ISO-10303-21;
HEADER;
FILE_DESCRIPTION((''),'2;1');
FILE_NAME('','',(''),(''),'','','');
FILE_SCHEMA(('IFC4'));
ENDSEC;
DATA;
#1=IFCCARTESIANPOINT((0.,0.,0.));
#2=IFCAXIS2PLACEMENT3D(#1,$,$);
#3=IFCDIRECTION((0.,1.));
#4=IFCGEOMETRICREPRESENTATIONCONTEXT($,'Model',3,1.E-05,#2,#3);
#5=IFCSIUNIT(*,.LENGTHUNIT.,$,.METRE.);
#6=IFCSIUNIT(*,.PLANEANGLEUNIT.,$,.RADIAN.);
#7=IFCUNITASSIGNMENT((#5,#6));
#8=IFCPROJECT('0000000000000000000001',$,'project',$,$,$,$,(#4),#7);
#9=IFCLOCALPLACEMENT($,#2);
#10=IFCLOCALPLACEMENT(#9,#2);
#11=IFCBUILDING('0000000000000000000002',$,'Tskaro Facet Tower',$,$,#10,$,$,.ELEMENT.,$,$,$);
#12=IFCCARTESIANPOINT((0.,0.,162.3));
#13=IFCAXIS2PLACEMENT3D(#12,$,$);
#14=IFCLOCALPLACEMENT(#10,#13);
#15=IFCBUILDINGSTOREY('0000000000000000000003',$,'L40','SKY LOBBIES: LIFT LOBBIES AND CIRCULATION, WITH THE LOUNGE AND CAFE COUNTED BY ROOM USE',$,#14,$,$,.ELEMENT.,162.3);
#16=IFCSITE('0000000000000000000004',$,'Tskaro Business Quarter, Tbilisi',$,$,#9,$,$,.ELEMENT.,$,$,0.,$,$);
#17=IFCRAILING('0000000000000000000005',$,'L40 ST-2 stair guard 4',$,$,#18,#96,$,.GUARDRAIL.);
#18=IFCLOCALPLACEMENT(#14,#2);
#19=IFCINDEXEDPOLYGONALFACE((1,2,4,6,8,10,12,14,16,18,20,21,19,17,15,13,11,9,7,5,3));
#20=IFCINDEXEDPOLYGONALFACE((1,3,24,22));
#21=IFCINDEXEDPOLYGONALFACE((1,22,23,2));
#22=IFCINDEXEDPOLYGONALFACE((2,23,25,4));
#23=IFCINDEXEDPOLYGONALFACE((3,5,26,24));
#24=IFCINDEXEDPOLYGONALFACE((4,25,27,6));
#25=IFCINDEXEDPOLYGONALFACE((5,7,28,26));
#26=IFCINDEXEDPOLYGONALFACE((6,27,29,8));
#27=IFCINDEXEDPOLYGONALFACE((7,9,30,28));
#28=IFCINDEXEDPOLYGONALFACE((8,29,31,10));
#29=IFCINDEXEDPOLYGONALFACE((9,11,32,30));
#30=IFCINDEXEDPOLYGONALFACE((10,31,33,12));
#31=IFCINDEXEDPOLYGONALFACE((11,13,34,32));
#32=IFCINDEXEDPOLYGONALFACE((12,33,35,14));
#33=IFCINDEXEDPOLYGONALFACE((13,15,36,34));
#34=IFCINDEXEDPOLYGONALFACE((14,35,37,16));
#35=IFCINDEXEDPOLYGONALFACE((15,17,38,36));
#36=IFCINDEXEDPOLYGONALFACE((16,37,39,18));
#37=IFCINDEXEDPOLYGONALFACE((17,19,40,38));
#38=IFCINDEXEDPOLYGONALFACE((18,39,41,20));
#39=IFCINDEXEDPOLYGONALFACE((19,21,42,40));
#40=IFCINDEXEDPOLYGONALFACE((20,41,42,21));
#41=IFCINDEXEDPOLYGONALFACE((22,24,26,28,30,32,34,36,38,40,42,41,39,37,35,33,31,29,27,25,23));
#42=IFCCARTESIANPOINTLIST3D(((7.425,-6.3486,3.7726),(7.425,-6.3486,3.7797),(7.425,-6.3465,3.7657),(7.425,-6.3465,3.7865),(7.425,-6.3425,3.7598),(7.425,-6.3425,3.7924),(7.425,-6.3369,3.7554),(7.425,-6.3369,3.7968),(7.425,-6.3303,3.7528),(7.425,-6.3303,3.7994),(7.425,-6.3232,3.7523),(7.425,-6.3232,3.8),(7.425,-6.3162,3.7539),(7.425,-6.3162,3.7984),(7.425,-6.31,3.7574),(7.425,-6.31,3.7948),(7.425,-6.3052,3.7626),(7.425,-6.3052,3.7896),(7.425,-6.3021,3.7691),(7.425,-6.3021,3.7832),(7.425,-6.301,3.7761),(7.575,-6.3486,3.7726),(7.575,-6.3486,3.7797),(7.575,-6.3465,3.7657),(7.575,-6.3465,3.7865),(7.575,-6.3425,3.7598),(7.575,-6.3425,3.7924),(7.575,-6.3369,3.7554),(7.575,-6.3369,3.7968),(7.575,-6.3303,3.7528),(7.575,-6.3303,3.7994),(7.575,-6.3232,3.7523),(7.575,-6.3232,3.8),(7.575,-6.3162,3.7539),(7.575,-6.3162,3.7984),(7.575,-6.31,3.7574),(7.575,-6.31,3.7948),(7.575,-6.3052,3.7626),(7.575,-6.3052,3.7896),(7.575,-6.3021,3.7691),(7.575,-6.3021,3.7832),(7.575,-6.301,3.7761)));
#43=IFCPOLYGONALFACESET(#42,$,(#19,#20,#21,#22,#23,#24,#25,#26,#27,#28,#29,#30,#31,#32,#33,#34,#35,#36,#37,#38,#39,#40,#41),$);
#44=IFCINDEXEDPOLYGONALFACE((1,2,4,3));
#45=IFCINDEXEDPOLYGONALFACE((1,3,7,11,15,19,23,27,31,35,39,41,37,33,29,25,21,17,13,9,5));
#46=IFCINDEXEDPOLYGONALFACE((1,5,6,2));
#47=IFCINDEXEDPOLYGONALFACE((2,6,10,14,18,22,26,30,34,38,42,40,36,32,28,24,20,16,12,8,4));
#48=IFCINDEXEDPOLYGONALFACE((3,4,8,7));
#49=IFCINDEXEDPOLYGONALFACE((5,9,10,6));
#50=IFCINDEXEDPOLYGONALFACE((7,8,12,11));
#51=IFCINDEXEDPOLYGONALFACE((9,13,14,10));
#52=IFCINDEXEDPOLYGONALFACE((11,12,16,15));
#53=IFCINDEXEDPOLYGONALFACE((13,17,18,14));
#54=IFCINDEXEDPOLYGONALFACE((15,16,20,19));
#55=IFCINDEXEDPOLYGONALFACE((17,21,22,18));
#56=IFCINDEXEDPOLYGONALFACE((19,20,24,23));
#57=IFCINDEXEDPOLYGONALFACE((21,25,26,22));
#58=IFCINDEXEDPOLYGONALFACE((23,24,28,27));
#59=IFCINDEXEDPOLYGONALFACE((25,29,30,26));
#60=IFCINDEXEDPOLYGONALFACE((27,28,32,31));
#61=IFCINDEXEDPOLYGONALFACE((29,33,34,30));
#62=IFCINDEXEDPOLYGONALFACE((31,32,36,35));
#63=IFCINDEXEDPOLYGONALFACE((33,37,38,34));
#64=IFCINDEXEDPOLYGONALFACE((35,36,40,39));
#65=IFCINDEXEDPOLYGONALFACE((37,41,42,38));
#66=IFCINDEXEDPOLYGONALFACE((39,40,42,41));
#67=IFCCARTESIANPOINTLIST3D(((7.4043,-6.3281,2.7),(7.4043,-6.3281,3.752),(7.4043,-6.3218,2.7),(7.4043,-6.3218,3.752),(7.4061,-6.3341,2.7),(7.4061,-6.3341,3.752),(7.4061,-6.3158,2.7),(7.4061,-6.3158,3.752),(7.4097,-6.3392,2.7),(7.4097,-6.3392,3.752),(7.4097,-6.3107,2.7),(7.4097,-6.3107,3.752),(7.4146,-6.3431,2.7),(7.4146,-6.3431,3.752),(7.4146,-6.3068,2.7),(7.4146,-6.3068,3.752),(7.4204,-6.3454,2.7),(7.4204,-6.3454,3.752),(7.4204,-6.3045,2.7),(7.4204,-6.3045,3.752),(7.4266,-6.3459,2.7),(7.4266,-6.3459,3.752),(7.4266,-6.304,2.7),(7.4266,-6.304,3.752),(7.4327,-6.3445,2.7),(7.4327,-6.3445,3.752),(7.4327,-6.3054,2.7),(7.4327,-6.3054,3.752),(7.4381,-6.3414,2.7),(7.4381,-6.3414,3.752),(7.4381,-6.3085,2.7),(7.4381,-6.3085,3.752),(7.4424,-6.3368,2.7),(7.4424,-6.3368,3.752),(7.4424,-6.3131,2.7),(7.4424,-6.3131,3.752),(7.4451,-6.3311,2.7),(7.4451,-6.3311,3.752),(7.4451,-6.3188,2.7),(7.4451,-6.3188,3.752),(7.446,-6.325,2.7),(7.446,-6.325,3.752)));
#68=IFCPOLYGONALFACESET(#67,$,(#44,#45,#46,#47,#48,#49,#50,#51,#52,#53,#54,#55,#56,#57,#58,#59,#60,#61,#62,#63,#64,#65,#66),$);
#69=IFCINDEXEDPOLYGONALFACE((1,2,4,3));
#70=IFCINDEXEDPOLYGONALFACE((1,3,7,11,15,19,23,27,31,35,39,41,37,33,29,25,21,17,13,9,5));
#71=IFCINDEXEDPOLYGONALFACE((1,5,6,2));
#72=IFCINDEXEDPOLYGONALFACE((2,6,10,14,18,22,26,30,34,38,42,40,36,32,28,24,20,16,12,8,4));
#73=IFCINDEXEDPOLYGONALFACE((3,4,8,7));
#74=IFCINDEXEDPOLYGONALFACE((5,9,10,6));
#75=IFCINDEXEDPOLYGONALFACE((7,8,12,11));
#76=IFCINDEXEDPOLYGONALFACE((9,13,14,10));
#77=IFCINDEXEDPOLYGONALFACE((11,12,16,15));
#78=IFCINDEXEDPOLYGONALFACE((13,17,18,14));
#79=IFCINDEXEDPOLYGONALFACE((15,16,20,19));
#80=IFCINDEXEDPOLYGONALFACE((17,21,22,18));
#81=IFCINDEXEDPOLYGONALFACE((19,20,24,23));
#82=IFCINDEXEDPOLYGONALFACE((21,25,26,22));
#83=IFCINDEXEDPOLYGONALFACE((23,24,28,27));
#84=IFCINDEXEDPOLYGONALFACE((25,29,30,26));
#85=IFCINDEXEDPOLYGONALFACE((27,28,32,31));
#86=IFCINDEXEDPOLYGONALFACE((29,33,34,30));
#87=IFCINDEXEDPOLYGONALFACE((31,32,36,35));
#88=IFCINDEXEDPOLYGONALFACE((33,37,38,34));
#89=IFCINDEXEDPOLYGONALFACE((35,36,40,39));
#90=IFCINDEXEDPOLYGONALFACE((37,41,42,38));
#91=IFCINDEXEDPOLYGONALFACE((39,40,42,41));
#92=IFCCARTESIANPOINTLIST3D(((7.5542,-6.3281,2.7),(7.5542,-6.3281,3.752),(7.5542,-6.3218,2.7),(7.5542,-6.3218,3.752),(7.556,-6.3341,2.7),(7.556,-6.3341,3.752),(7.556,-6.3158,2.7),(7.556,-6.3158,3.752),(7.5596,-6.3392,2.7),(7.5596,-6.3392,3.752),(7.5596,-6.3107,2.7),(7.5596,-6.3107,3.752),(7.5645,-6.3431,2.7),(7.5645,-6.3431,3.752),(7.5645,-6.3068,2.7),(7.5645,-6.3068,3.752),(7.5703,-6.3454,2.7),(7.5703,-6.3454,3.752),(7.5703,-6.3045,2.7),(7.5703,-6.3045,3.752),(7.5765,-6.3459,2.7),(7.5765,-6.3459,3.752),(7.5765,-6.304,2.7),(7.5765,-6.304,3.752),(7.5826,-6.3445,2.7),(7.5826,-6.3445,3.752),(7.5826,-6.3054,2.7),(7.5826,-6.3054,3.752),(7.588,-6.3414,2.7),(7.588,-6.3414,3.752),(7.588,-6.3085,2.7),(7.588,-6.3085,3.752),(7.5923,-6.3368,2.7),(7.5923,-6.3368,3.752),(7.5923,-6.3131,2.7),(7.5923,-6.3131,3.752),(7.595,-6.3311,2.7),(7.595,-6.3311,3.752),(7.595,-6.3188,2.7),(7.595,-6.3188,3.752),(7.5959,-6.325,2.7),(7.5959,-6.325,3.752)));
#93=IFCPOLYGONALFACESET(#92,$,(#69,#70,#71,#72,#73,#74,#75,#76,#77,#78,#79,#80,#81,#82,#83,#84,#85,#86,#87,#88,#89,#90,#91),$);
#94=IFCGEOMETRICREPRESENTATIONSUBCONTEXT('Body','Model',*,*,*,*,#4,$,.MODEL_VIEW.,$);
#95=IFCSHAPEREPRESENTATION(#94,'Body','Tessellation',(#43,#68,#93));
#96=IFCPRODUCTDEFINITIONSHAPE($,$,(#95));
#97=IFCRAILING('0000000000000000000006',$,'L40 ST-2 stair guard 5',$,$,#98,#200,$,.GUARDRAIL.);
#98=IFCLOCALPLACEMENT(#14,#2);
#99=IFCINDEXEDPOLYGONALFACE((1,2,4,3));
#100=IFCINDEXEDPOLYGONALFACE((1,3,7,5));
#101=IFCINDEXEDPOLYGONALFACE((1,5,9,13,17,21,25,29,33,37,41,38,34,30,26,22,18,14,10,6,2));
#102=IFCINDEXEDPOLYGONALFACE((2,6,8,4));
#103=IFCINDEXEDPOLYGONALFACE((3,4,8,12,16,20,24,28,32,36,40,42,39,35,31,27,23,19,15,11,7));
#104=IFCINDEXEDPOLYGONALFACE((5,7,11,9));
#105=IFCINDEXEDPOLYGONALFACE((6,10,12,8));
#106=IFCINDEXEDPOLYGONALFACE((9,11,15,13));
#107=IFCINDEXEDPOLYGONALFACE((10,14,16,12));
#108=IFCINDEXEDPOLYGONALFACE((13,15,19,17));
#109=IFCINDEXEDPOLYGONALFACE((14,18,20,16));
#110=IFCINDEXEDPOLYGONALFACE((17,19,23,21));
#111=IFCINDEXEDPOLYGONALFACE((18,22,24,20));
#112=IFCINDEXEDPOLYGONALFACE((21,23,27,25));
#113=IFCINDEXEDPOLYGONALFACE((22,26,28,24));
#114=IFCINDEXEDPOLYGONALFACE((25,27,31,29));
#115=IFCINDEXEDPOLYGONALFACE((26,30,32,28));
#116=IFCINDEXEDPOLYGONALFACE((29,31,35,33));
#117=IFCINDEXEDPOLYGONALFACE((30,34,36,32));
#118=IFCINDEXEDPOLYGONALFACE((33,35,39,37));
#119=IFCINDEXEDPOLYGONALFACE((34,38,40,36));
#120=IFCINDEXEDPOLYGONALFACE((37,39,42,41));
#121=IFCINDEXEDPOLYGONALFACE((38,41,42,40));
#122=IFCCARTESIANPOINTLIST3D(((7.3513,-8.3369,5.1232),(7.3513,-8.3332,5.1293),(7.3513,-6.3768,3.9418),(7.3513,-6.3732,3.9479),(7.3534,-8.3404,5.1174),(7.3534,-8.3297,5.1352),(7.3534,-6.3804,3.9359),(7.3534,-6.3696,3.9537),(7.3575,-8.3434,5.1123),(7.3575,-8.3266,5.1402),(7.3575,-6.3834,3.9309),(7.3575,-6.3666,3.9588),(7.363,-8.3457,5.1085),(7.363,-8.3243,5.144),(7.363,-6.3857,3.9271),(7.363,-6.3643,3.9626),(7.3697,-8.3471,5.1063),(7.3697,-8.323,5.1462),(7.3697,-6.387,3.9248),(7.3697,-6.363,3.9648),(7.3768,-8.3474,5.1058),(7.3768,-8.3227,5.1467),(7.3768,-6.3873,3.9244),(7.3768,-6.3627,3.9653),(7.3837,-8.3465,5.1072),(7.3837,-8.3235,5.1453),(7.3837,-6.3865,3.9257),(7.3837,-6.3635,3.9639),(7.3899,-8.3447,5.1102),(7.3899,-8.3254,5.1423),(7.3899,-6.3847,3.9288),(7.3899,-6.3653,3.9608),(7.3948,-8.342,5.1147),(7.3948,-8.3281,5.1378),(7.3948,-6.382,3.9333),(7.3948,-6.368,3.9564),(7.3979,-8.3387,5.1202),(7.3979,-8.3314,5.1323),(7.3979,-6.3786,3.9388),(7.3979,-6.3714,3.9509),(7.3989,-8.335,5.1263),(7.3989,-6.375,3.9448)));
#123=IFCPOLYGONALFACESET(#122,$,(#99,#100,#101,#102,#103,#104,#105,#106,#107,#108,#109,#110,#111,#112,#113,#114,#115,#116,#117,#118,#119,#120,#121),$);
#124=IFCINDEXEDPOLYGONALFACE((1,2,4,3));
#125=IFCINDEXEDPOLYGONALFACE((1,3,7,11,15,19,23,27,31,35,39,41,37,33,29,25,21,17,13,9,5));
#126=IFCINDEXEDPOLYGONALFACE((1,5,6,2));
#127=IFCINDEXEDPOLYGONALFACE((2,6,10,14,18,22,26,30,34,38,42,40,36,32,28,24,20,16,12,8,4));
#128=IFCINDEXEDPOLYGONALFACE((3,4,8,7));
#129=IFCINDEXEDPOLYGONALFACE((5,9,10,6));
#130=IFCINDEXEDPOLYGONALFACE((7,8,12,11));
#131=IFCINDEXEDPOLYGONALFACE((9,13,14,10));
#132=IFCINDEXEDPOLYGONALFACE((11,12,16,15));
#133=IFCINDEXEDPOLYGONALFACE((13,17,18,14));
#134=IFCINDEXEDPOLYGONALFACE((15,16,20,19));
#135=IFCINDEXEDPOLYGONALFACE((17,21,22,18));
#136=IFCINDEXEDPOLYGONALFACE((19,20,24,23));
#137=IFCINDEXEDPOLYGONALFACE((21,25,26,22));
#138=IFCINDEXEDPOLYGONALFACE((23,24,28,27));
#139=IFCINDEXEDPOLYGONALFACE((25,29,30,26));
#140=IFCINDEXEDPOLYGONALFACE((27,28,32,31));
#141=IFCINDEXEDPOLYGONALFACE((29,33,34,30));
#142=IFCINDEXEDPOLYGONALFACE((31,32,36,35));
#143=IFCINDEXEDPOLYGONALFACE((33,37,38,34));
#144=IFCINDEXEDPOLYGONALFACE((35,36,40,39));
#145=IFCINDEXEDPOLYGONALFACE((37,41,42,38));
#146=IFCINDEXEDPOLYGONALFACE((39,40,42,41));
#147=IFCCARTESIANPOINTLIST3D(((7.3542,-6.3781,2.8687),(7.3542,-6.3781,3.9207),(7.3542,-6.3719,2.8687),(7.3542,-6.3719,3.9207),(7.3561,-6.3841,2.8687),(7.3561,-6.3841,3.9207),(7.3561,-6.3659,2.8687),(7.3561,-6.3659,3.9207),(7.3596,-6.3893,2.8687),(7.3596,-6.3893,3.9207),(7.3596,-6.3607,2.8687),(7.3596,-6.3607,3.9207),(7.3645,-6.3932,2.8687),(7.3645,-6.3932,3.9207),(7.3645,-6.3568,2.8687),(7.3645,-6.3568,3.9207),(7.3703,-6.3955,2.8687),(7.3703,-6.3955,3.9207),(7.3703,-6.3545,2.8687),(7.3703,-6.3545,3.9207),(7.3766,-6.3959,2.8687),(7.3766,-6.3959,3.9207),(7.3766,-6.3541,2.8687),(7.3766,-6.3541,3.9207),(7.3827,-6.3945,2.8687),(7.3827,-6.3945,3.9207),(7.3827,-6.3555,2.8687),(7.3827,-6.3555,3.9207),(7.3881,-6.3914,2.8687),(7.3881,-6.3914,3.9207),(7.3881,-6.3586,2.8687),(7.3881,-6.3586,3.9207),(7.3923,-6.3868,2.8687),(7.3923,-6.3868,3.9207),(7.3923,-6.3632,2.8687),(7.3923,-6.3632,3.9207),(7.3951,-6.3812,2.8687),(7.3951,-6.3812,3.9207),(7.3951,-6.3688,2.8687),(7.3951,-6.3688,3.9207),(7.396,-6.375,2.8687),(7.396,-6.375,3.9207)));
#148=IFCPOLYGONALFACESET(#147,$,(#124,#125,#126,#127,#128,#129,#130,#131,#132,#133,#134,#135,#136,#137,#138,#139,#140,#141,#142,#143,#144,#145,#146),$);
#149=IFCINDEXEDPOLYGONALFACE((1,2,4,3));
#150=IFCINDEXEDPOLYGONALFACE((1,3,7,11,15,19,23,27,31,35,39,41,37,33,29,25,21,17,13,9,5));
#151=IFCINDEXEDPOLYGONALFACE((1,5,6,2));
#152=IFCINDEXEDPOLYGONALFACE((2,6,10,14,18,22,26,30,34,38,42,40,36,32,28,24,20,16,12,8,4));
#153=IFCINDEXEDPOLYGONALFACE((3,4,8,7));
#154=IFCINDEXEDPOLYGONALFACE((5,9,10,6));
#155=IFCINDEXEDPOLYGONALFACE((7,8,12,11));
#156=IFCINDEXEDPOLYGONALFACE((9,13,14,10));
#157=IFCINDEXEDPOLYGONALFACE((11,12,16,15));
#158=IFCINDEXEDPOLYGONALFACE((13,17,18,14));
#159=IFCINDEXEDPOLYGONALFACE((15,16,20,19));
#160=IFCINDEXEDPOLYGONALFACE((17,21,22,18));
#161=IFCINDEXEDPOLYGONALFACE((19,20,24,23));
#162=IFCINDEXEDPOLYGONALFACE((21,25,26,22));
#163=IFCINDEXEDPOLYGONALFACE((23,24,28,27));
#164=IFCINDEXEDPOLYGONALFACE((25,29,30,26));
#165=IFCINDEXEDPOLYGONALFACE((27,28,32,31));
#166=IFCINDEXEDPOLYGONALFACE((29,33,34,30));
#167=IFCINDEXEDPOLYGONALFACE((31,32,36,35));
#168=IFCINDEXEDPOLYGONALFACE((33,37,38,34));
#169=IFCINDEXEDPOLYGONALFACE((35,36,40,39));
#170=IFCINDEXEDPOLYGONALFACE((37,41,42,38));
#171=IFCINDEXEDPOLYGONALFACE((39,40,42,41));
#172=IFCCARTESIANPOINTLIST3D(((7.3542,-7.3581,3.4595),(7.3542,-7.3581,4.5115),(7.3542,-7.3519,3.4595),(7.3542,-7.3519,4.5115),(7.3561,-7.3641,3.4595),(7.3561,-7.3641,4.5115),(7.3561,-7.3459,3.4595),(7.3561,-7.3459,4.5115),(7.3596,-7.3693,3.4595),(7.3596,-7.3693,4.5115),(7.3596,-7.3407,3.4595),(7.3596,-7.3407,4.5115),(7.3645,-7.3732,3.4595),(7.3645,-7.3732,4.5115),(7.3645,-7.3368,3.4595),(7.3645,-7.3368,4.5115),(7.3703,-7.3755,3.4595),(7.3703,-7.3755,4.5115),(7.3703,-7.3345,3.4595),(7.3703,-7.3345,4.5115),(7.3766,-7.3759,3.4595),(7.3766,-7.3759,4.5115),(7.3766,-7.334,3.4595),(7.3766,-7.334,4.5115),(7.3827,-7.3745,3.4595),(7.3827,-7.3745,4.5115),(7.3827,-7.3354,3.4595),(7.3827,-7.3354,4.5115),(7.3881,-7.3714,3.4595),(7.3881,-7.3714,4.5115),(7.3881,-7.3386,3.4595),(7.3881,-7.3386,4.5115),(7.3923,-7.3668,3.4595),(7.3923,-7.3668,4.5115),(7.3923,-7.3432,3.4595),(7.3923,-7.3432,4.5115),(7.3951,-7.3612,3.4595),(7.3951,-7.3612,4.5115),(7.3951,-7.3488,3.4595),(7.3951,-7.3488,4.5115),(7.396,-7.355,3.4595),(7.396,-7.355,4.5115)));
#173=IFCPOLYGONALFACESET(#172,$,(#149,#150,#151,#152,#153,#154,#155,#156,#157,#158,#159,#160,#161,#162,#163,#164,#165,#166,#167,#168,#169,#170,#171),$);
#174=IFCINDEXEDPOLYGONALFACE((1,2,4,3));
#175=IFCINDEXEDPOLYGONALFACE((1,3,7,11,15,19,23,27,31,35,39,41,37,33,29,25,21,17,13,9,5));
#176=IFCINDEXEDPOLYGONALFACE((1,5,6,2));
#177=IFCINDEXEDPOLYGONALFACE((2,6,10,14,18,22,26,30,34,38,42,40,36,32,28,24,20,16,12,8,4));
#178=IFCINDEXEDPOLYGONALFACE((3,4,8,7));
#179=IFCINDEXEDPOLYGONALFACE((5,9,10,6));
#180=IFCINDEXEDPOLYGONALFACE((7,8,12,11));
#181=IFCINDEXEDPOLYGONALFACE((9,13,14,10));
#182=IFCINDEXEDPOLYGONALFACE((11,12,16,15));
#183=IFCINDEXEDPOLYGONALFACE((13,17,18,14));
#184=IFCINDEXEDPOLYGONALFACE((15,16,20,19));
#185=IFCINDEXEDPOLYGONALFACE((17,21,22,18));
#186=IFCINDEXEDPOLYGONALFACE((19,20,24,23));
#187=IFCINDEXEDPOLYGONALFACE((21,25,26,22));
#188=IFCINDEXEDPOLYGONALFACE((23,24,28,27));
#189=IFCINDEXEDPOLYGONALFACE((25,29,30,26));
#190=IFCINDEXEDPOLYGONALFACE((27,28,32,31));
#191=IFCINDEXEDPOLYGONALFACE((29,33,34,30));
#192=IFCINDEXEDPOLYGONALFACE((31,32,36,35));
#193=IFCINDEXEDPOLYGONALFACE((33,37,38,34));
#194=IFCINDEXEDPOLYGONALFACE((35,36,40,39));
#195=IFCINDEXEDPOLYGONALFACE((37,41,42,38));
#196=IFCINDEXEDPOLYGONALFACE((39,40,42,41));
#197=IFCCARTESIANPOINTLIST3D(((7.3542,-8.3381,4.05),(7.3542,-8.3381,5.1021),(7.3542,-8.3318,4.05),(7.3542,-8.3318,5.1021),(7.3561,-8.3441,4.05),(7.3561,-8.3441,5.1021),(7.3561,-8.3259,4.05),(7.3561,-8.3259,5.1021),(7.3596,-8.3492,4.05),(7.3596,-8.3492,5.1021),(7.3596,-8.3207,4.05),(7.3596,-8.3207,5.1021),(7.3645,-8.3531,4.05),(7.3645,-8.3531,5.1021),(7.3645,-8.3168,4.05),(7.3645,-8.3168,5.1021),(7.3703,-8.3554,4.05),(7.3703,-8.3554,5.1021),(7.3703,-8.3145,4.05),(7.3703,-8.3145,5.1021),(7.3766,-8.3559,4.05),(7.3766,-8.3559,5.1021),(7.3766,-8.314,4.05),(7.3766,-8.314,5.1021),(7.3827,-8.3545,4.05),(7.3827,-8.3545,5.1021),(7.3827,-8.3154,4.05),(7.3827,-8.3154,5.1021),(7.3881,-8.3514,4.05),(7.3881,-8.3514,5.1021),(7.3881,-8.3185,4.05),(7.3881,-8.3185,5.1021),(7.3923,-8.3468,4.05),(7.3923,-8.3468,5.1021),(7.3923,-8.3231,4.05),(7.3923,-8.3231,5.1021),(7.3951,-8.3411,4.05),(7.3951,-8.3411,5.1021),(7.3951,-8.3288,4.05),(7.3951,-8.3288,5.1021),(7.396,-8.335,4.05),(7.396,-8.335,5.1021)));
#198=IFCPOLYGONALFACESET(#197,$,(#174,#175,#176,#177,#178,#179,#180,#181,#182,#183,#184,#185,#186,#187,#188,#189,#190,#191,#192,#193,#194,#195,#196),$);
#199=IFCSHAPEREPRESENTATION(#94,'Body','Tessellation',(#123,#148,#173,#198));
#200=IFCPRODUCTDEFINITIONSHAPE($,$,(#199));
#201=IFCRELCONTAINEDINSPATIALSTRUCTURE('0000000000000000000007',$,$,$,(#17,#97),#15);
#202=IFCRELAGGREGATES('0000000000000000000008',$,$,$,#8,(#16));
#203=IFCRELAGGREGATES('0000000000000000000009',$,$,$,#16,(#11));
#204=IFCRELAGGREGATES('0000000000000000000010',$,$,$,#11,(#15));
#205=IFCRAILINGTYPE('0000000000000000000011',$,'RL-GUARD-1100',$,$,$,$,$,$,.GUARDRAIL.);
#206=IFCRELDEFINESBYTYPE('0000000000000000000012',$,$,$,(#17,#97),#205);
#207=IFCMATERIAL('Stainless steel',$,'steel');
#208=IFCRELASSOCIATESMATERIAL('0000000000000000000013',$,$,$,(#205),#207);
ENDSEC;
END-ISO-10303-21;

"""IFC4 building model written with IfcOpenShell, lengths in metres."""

from ifc_helpers import new_model, si_unit, direction, frame, origin, origin_2d, place, context, subcontext, project, spatial, circle, extrude, material, type_object, element, save


model = new_model("IFC4")

# Units and contexts
model_context = context("Model", 3, precision=1e-05, world=origin(), true_north=direction((0.0, 1.0)))
body_context = subcontext(model_context, "Body", "Model", "MODEL_VIEW")
ifc_project = project(units=[si_unit("LENGTHUNIT", "METRE"), si_unit("PLANEANGLEUNIT", "RADIAN")], contexts=[model_context])

# Site, building, storey
site_placement = place(None, origin())
site = spatial("IfcSite", under=ifc_project, at=site_placement, Name="Tskaro Business Quarter, Tbilisi", CompositionType="ELEMENT", RefElevation=0.0)
building_placement = place(site_placement, origin())
building = spatial("IfcBuilding", under=site, at=building_placement, Name="Tskaro Facet Tower", CompositionType="ELEMENT")
storey_placement = place(building_placement, frame((0.0, 0.0, 162.3)))
storey = spatial("IfcBuildingStorey", under=building, at=storey_placement, Name="L40", Description="SKY LOBBIES: LIFT LOBBIES AND CIRCULATION, WITH THE LOUNGE AND CAFE COUNTED BY ROOM USE", CompositionType="ELEMENT", Elevation=162.3)

# Shared definitions
ifc_material_1 = material(Name="Stainless steel", Category="steel")

# Railings
railing_type_1 = type_object("IfcRailingType", Name="RL-GUARD-1100", PredefinedType="GUARDRAIL", material=ifc_material_1)
railing_1_placement = place(storey_placement, frame((7.425, -6.325, 2.7)))
element("IfcRailing", 1, at=railing_1_placement, inside=storey, type_object=railing_type_1, Name="L40 ST-2 stair guard 4", PredefinedType="GUARDRAIL", context=body_context, shape_type="SweptSolid", body=[
    extrude(circle(Radius=0.0239, at=origin_2d()), frame((0.0, 0.0, 1.0762), z_axis=(1.0, 0.0, 0.0), x_axis=(0.0, 1.0, 0.0)), (0.0, 0.0, 1.0), 0.1499),
    extrude(circle(Radius=0.021, at=origin_2d()), origin(), (0.0, 0.0, 1.0), 1.052),
    extrude(circle(Radius=0.021, at=origin_2d()), frame((0.1499, 0.0, 0.0)), (0.0, 0.0, 1.0), 1.052),
])
railing_2_placement = place(storey_placement, frame((7.375, -6.375, 2.8687)))
element("IfcRailing", 2, at=railing_2_placement, inside=storey, type_object=railing_type_1, Name="L40 ST-2 stair guard 5", PredefinedType="GUARDRAIL", context=body_context, shape_type="SweptSolid", body=[
    extrude(circle(Radius=0.0239, at=origin_2d()), frame((0.0, 0.0, 1.0762), z_axis=(0.0, -0.856446, 0.516236), x_axis=(1.0, 0.0, 0.0)), (0.0, 0.0, 1.0), 2.2886),
    extrude(circle(Radius=0.021, at=origin_2d()), origin(), (0.0, 0.0, 1.0), 1.052),
    extrude(circle(Radius=0.021, at=origin_2d()), frame((0.0, -0.98, 0.5908)), (0.0, 0.0, 1.0), 1.052),
    extrude(circle(Radius=0.021, at=origin_2d()), frame((0.0, -1.96, 1.1814)), (0.0, 0.0, 1.0), 1.052),
])

save(model, "model.ifc")
